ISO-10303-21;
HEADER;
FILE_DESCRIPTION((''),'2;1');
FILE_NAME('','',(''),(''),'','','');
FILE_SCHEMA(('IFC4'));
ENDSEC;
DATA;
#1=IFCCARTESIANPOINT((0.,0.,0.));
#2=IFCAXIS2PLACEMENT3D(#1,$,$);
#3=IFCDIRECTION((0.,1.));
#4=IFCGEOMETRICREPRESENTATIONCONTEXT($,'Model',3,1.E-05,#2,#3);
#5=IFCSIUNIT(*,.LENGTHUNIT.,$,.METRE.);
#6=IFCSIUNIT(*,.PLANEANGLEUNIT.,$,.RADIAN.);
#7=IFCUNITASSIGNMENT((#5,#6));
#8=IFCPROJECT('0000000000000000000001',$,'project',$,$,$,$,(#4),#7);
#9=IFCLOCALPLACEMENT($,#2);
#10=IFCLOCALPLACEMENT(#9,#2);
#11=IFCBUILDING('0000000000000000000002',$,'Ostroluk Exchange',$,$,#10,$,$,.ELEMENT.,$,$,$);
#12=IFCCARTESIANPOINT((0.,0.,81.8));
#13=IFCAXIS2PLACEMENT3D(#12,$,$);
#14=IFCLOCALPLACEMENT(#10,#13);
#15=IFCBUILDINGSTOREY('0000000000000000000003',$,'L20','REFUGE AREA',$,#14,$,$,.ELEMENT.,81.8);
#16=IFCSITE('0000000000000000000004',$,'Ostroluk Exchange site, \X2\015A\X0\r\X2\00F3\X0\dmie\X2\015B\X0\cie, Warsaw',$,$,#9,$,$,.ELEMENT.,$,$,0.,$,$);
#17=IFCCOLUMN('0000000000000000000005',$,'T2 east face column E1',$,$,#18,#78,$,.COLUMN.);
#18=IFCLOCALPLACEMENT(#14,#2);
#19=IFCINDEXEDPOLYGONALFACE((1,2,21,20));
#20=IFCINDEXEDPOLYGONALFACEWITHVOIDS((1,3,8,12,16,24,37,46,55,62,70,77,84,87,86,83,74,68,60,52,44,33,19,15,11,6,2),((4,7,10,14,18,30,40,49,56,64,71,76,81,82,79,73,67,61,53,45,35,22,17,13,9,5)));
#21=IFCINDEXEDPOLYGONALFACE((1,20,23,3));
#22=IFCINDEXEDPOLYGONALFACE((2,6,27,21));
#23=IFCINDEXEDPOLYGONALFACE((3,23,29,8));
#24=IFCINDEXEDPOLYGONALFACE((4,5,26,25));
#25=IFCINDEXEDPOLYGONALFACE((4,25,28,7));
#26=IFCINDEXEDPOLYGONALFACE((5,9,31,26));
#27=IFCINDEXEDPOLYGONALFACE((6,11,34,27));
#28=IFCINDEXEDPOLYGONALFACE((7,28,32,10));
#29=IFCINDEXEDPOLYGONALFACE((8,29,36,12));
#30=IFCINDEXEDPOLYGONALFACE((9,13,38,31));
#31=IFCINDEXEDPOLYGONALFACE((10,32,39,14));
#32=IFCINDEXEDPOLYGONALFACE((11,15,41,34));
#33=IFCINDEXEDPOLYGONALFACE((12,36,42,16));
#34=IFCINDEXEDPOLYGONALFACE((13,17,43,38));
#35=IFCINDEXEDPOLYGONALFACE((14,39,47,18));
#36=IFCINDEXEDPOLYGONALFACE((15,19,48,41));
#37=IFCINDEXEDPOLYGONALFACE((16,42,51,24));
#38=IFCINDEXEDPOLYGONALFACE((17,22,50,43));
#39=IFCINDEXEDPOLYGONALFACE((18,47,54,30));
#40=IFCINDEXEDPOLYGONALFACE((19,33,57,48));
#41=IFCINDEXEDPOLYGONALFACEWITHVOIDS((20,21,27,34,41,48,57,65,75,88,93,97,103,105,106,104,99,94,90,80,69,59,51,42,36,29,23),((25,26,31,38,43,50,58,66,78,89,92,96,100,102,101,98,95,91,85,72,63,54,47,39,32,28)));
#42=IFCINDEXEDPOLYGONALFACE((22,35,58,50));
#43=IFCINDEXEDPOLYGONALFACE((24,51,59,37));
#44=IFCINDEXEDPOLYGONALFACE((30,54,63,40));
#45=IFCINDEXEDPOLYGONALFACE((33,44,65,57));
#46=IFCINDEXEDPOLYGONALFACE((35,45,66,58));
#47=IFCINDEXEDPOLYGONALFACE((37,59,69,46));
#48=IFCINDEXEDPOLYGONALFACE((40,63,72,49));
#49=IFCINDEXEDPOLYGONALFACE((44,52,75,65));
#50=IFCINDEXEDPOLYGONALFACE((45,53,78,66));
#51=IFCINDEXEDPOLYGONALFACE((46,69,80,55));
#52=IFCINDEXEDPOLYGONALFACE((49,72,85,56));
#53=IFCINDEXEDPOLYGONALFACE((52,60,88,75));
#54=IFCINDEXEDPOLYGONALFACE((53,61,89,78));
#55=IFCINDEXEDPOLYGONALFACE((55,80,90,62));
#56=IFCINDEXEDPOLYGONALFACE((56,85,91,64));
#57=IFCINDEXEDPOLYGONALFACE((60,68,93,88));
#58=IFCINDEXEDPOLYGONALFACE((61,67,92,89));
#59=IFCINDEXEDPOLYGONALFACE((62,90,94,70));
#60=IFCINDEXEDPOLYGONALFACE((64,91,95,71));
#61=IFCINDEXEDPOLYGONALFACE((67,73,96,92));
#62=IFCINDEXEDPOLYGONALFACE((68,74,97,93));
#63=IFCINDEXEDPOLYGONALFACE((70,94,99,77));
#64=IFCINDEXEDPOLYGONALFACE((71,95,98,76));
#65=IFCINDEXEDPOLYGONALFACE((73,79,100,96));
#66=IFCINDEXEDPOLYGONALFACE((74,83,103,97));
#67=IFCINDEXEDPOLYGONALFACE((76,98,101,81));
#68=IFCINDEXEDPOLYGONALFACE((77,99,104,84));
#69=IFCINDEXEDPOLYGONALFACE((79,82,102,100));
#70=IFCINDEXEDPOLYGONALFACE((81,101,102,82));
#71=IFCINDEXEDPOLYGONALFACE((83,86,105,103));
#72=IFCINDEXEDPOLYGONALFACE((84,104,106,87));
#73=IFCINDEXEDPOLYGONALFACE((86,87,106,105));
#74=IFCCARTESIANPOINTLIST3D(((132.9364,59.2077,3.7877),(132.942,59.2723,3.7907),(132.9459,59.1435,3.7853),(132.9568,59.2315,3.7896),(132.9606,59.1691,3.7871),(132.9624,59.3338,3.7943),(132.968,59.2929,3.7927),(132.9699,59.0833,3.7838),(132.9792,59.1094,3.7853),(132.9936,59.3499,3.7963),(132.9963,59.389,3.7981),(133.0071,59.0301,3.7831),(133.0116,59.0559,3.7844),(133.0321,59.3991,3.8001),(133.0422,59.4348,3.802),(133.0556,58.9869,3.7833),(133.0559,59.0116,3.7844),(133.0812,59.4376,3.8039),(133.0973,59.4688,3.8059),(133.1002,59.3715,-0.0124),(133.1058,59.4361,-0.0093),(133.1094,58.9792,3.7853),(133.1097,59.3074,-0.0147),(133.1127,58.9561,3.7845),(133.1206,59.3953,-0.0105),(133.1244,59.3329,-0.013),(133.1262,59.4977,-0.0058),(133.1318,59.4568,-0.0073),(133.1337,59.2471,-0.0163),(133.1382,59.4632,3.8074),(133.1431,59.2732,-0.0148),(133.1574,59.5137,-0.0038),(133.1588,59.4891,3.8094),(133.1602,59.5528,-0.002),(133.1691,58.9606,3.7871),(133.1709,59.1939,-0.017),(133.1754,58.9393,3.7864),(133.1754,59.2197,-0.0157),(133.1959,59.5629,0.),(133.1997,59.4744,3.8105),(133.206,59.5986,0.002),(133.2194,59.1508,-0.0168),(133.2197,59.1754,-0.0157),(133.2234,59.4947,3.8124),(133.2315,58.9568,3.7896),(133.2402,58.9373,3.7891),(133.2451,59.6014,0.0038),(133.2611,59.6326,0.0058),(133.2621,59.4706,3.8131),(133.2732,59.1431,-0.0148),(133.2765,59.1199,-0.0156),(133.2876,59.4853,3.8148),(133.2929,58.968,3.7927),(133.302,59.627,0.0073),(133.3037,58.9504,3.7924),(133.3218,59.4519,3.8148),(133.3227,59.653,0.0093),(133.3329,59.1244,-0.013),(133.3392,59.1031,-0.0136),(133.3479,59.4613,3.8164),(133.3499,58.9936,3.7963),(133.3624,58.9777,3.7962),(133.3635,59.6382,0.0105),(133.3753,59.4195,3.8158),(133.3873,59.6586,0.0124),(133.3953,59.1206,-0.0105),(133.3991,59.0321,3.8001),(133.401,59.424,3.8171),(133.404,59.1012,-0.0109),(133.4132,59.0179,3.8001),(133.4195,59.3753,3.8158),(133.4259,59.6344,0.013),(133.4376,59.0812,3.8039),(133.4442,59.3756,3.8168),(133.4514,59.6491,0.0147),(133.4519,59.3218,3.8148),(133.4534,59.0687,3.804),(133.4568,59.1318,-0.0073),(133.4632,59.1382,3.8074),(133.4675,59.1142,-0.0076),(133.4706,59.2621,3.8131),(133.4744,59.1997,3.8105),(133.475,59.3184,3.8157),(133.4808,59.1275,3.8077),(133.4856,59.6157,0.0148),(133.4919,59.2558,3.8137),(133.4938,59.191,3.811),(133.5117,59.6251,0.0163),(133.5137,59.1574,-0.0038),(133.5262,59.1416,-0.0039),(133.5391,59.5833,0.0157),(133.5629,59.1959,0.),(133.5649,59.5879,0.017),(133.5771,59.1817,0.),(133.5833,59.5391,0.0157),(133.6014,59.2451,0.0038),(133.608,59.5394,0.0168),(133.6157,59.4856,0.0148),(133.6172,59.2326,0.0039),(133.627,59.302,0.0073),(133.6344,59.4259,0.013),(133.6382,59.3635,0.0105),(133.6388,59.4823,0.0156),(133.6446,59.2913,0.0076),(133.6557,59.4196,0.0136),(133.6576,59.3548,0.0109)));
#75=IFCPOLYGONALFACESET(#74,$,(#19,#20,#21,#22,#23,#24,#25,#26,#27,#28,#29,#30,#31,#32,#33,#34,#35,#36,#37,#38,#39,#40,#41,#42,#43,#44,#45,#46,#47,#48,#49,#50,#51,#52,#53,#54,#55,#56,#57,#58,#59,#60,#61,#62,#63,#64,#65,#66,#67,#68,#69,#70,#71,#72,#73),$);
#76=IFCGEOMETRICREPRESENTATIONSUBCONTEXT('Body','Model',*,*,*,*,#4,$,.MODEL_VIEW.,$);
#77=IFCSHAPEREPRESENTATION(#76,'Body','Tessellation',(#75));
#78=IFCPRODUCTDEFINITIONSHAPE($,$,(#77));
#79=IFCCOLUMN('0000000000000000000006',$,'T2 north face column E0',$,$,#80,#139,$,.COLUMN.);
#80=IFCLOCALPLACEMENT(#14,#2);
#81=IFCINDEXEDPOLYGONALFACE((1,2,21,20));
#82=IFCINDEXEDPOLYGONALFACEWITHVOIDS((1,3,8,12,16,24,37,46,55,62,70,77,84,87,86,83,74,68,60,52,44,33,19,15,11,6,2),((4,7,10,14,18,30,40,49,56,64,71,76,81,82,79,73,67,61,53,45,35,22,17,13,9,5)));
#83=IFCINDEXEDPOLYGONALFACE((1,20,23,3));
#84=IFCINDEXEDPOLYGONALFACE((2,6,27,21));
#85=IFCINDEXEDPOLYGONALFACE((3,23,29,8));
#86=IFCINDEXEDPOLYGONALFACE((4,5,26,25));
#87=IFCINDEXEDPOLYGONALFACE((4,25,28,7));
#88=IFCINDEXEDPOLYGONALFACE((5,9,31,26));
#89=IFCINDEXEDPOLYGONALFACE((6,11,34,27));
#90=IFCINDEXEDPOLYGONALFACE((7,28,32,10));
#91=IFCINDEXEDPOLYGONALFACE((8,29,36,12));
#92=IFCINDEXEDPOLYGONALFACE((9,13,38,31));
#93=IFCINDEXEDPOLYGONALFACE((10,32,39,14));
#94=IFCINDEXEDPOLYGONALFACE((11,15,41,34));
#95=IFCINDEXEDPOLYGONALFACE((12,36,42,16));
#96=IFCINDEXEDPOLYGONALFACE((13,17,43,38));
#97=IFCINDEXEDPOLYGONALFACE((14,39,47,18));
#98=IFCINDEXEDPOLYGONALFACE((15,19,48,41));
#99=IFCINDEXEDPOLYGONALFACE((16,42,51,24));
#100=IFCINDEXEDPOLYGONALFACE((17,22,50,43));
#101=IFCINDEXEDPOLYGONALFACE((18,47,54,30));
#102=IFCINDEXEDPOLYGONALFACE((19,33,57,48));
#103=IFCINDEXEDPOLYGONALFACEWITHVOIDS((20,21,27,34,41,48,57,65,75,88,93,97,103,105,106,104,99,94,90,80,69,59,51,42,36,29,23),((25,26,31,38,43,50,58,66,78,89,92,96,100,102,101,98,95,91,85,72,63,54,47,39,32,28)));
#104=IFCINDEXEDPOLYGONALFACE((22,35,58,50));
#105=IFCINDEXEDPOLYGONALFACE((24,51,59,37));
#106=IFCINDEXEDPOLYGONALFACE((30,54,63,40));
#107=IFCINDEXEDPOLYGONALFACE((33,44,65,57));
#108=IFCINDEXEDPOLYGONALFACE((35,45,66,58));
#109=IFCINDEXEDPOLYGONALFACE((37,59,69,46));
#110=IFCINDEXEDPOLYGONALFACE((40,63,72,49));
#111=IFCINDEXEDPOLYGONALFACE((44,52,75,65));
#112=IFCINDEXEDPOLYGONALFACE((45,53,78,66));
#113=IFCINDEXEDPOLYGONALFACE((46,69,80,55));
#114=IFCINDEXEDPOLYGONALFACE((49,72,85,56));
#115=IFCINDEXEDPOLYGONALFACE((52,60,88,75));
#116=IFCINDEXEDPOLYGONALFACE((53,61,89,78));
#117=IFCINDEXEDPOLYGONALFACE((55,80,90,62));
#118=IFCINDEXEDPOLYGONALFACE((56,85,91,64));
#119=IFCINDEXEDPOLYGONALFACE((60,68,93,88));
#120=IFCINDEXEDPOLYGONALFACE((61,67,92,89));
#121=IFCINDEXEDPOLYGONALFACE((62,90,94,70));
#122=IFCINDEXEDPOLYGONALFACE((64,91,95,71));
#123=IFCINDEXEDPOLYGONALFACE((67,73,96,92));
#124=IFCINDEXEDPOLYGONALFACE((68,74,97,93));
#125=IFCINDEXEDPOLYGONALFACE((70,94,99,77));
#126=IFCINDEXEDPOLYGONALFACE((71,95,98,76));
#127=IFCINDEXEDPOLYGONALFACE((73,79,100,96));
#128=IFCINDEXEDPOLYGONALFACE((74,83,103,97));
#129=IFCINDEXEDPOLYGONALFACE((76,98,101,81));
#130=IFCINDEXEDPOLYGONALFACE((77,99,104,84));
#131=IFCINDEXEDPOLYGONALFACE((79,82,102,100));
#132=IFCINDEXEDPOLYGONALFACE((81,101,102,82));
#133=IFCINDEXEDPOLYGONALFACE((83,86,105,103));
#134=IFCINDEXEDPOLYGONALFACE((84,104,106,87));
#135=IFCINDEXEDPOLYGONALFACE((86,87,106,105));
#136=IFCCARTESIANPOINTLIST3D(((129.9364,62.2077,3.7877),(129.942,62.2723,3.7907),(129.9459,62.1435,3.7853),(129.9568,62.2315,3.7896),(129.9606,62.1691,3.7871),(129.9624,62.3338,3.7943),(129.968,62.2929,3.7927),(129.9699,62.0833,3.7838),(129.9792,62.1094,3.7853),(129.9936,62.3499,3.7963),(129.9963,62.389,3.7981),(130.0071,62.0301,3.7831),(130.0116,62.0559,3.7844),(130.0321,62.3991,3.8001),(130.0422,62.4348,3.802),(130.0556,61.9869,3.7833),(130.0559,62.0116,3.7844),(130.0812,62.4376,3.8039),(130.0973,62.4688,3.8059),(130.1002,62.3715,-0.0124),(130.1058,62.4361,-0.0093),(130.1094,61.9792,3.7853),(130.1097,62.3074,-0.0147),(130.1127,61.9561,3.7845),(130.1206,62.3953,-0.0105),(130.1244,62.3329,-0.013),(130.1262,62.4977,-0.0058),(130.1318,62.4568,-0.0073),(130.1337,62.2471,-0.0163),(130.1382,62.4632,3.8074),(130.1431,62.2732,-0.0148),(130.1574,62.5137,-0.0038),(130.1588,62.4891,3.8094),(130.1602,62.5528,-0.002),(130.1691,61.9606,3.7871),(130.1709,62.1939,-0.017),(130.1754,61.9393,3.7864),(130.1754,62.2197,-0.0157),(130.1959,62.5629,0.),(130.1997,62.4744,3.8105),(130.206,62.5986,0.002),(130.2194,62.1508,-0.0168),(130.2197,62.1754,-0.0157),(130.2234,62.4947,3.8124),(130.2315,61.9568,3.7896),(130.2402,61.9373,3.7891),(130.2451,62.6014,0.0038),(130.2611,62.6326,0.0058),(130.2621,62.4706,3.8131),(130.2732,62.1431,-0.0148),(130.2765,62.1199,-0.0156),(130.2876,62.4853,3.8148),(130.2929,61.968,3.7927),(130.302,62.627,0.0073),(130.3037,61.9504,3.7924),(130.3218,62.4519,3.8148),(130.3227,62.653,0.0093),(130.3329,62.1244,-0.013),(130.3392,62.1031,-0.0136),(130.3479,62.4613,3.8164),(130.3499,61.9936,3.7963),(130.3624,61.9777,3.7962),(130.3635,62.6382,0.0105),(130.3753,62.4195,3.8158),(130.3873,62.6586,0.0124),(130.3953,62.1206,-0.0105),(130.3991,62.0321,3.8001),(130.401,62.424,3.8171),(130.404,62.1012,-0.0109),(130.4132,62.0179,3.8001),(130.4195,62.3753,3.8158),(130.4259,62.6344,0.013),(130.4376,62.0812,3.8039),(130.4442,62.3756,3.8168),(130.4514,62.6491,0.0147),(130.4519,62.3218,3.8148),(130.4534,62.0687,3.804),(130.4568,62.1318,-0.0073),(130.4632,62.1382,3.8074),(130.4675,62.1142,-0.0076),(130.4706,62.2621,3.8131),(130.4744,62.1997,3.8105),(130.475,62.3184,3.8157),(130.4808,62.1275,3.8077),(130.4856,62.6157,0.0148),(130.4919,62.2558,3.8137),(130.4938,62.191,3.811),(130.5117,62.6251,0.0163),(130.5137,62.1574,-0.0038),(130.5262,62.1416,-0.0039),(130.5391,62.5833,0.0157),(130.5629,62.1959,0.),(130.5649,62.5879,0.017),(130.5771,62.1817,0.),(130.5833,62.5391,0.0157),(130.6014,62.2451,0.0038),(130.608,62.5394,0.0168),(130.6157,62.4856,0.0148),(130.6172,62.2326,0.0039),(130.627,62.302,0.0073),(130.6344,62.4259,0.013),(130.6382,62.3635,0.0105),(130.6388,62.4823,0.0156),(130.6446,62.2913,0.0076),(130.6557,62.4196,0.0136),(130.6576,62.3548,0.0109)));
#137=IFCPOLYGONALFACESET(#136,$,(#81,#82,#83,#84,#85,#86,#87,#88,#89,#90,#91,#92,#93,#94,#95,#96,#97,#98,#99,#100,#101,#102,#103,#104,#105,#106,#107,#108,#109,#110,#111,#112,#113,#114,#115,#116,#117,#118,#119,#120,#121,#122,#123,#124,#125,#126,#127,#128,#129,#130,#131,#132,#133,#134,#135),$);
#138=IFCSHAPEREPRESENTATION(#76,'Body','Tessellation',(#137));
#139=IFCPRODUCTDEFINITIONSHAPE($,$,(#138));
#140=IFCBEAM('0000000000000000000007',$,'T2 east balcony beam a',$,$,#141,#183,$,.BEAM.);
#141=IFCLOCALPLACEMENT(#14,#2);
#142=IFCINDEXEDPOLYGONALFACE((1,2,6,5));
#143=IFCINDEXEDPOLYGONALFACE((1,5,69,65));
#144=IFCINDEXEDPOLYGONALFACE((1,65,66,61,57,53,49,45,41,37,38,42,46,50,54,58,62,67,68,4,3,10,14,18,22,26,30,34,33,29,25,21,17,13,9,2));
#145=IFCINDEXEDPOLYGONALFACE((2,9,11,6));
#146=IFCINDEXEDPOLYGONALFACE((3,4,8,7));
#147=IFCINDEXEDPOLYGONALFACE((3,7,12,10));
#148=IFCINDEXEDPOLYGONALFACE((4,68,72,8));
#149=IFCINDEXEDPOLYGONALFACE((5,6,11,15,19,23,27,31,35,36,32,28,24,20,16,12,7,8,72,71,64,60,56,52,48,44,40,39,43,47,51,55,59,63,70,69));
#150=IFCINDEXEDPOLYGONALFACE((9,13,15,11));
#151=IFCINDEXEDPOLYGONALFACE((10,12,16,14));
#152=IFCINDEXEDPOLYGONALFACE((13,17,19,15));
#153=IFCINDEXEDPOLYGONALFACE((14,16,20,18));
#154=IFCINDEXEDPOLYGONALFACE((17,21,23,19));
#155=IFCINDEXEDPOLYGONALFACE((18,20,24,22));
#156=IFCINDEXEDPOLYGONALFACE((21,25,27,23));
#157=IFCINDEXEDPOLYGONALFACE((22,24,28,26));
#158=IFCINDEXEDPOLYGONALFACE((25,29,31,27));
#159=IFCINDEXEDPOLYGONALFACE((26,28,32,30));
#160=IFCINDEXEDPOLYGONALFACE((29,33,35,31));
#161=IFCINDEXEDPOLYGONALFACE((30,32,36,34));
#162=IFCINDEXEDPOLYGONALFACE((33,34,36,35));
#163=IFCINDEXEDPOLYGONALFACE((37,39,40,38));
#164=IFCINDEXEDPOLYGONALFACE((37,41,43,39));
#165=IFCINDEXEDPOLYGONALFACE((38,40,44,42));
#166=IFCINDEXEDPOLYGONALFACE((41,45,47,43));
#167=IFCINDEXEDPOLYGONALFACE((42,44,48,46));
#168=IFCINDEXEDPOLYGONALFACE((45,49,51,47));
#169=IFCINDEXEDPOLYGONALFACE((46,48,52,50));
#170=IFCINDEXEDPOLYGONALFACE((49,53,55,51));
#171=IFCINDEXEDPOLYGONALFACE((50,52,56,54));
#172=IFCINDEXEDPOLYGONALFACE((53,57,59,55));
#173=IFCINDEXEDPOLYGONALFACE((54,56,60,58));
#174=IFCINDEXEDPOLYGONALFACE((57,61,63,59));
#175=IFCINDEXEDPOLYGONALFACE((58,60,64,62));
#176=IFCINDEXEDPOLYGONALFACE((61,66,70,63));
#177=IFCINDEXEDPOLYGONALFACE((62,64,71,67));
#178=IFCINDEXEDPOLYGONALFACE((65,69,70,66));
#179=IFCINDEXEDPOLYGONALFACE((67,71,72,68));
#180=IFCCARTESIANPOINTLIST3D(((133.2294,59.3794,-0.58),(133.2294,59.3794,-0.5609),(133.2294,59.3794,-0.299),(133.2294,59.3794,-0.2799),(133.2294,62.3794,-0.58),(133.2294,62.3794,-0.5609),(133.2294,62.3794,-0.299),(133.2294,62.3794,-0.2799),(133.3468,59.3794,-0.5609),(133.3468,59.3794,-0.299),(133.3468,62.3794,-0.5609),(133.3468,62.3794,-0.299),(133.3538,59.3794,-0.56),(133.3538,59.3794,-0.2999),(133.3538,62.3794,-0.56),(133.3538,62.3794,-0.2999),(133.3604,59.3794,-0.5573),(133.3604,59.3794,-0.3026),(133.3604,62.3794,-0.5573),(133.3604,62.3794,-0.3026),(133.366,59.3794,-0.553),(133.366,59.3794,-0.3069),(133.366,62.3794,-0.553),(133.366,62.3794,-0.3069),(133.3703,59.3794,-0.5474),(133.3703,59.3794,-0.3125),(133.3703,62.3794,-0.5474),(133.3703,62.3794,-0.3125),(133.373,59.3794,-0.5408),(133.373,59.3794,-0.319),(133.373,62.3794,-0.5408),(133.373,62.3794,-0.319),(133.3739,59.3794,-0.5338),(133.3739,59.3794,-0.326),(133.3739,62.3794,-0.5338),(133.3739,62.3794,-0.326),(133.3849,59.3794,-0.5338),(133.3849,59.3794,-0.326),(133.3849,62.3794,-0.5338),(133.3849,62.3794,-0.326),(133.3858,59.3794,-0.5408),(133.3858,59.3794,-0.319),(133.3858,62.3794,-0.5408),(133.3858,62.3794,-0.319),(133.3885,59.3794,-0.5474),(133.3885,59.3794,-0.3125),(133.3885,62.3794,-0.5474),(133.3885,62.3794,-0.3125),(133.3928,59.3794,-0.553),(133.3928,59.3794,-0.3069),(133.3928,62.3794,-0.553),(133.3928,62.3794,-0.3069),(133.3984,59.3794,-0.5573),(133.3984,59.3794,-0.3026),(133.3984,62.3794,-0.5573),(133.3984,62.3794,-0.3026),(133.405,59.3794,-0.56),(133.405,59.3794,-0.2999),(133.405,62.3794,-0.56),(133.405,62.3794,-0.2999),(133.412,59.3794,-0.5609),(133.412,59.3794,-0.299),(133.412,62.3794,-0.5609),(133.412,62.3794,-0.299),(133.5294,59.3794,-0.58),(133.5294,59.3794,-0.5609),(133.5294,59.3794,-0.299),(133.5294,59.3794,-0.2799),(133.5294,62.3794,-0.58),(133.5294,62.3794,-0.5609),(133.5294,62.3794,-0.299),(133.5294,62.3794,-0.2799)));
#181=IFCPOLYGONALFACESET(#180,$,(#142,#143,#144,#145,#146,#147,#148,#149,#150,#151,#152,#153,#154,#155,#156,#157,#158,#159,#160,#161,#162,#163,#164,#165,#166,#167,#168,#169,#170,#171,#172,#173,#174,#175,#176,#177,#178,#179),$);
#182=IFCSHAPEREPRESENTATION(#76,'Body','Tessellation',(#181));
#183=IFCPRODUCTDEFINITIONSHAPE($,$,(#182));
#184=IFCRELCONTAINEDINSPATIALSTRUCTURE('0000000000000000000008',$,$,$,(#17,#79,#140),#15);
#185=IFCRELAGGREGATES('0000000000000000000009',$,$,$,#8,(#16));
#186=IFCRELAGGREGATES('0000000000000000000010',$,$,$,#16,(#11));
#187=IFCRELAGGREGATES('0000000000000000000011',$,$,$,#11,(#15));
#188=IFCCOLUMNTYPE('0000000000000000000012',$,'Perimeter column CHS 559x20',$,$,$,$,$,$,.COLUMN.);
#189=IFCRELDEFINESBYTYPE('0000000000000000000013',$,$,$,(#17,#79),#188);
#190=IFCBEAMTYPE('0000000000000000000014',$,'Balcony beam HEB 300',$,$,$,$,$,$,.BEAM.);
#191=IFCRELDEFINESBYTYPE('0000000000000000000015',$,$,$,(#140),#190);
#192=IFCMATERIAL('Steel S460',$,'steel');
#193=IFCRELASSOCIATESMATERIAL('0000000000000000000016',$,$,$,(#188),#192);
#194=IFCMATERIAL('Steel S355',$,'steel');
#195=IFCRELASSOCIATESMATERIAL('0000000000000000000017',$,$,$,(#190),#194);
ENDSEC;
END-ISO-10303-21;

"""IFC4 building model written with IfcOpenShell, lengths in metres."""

from ifc_helpers import new_model, si_unit, direction, frame, origin, origin_2d, place, context, subcontext, project, spatial, hollow_circle, i_section, extrude, material, material_profile, profile_set, type_object, element, save


model = new_model("IFC4")

# Units and contexts
model_context = context("Model", 3, precision=1e-05, world=origin(), true_north=direction((0.0, 1.0)))
body_context = subcontext(model_context, "Body", "Model", "MODEL_VIEW")
ifc_project = project(units=[si_unit("LENGTHUNIT", "METRE"), si_unit("PLANEANGLEUNIT", "RADIAN")], contexts=[model_context])

# Site, building, storey
site_placement = place(None, origin())
site = spatial("IfcSite", under=ifc_project, at=site_placement, Name="Ostroluk Exchange site, Śródmieście, Warsaw", CompositionType="ELEMENT", RefElevation=0.0)
building_placement = place(site_placement, origin())
building = spatial("IfcBuilding", under=site, at=building_placement, Name="Ostroluk Exchange", CompositionType="ELEMENT")
storey_placement = place(building_placement, frame((0.0, 0.0, 81.8)))
storey = spatial("IfcBuildingStorey", under=building, at=storey_placement, Name="L20", Description="REFUGE AREA", CompositionType="ELEMENT", Elevation=81.8)

# Columns
ifc_material_1 = material(Name="Steel S460", Category="steel")
ifc_material_profile_1 = material_profile(ifc_material_1, hollow_circle(Radius=0.2795, WallThickness=0.02, at=origin_2d()), Name="CHS 559x20")
ifc_profile_set_1 = profile_set([ifc_material_profile_1], Name="Steel S460")
column_type = type_object("IfcColumnType", Name="Perimeter column CHS 559x20", PredefinedType="COLUMN", material=ifc_profile_set_1)
for number, where, z_axis, x_axis, name in (
    (1, (133.3794, 59.3794, 0.0), (-0.04303, -0.04303, 0.998147), (0.707107, -0.707107, 0.0), "T2 east face column E1"),
    (2, (130.3794, 62.3794, 0.0), (-0.04303, -0.04303, 0.998147), (0.707107, -0.707107, 0.0), "T2 north face column E0"),
):
    element("IfcColumn", number, at=place(storey_placement, frame(where, z_axis=z_axis, x_axis=x_axis)), inside=storey, type_object=column_type, Name=name, PredefinedType="COLUMN", context=body_context, shape_type="SweptSolid", body=[
        extrude(hollow_circle(Radius=0.2795, WallThickness=0.02, at=origin_2d()), origin(), (0.0, 0.0, 1.0), 3.8071),
    ])

# Beam
ifc_material_2 = material(Name="Steel S355", Category="steel")
ifc_material_profile_2 = material_profile(ifc_material_2, i_section(OverallWidth=0.3, OverallDepth=0.3, WebThickness=0.011, FlangeThickness=0.019, FilletRadius=0.0271, at=origin_2d()), Name="HEB 300")
ifc_profile_set_2 = profile_set([ifc_material_profile_2], Name="Steel S355")
beam_type_1 = type_object("IfcBeamType", Name="Balcony beam HEB 300", PredefinedType="BEAM", material=ifc_profile_set_2)
for number, where, z_axis, x_axis, name in (
    (3, (133.3794, 59.3794, -0.4299), (0.0, 1.0, 0.0), (-1.0, 0.0, 0.0), "T2 east balcony beam a"),
):
    element("IfcBeam", number, at=place(storey_placement, frame(where, z_axis=z_axis, x_axis=x_axis)), inside=storey, type_object=beam_type_1, Name=name, PredefinedType="BEAM", context=body_context, shape_type="SweptSolid", body=[
        extrude(i_section(OverallWidth=0.3, OverallDepth=0.3, WebThickness=0.011, FlangeThickness=0.019, FilletRadius=0.0271, at=origin_2d()), origin(), (0.0, 0.0, 1.0), 3.0),
    ])

save(model, "model.ifc")
